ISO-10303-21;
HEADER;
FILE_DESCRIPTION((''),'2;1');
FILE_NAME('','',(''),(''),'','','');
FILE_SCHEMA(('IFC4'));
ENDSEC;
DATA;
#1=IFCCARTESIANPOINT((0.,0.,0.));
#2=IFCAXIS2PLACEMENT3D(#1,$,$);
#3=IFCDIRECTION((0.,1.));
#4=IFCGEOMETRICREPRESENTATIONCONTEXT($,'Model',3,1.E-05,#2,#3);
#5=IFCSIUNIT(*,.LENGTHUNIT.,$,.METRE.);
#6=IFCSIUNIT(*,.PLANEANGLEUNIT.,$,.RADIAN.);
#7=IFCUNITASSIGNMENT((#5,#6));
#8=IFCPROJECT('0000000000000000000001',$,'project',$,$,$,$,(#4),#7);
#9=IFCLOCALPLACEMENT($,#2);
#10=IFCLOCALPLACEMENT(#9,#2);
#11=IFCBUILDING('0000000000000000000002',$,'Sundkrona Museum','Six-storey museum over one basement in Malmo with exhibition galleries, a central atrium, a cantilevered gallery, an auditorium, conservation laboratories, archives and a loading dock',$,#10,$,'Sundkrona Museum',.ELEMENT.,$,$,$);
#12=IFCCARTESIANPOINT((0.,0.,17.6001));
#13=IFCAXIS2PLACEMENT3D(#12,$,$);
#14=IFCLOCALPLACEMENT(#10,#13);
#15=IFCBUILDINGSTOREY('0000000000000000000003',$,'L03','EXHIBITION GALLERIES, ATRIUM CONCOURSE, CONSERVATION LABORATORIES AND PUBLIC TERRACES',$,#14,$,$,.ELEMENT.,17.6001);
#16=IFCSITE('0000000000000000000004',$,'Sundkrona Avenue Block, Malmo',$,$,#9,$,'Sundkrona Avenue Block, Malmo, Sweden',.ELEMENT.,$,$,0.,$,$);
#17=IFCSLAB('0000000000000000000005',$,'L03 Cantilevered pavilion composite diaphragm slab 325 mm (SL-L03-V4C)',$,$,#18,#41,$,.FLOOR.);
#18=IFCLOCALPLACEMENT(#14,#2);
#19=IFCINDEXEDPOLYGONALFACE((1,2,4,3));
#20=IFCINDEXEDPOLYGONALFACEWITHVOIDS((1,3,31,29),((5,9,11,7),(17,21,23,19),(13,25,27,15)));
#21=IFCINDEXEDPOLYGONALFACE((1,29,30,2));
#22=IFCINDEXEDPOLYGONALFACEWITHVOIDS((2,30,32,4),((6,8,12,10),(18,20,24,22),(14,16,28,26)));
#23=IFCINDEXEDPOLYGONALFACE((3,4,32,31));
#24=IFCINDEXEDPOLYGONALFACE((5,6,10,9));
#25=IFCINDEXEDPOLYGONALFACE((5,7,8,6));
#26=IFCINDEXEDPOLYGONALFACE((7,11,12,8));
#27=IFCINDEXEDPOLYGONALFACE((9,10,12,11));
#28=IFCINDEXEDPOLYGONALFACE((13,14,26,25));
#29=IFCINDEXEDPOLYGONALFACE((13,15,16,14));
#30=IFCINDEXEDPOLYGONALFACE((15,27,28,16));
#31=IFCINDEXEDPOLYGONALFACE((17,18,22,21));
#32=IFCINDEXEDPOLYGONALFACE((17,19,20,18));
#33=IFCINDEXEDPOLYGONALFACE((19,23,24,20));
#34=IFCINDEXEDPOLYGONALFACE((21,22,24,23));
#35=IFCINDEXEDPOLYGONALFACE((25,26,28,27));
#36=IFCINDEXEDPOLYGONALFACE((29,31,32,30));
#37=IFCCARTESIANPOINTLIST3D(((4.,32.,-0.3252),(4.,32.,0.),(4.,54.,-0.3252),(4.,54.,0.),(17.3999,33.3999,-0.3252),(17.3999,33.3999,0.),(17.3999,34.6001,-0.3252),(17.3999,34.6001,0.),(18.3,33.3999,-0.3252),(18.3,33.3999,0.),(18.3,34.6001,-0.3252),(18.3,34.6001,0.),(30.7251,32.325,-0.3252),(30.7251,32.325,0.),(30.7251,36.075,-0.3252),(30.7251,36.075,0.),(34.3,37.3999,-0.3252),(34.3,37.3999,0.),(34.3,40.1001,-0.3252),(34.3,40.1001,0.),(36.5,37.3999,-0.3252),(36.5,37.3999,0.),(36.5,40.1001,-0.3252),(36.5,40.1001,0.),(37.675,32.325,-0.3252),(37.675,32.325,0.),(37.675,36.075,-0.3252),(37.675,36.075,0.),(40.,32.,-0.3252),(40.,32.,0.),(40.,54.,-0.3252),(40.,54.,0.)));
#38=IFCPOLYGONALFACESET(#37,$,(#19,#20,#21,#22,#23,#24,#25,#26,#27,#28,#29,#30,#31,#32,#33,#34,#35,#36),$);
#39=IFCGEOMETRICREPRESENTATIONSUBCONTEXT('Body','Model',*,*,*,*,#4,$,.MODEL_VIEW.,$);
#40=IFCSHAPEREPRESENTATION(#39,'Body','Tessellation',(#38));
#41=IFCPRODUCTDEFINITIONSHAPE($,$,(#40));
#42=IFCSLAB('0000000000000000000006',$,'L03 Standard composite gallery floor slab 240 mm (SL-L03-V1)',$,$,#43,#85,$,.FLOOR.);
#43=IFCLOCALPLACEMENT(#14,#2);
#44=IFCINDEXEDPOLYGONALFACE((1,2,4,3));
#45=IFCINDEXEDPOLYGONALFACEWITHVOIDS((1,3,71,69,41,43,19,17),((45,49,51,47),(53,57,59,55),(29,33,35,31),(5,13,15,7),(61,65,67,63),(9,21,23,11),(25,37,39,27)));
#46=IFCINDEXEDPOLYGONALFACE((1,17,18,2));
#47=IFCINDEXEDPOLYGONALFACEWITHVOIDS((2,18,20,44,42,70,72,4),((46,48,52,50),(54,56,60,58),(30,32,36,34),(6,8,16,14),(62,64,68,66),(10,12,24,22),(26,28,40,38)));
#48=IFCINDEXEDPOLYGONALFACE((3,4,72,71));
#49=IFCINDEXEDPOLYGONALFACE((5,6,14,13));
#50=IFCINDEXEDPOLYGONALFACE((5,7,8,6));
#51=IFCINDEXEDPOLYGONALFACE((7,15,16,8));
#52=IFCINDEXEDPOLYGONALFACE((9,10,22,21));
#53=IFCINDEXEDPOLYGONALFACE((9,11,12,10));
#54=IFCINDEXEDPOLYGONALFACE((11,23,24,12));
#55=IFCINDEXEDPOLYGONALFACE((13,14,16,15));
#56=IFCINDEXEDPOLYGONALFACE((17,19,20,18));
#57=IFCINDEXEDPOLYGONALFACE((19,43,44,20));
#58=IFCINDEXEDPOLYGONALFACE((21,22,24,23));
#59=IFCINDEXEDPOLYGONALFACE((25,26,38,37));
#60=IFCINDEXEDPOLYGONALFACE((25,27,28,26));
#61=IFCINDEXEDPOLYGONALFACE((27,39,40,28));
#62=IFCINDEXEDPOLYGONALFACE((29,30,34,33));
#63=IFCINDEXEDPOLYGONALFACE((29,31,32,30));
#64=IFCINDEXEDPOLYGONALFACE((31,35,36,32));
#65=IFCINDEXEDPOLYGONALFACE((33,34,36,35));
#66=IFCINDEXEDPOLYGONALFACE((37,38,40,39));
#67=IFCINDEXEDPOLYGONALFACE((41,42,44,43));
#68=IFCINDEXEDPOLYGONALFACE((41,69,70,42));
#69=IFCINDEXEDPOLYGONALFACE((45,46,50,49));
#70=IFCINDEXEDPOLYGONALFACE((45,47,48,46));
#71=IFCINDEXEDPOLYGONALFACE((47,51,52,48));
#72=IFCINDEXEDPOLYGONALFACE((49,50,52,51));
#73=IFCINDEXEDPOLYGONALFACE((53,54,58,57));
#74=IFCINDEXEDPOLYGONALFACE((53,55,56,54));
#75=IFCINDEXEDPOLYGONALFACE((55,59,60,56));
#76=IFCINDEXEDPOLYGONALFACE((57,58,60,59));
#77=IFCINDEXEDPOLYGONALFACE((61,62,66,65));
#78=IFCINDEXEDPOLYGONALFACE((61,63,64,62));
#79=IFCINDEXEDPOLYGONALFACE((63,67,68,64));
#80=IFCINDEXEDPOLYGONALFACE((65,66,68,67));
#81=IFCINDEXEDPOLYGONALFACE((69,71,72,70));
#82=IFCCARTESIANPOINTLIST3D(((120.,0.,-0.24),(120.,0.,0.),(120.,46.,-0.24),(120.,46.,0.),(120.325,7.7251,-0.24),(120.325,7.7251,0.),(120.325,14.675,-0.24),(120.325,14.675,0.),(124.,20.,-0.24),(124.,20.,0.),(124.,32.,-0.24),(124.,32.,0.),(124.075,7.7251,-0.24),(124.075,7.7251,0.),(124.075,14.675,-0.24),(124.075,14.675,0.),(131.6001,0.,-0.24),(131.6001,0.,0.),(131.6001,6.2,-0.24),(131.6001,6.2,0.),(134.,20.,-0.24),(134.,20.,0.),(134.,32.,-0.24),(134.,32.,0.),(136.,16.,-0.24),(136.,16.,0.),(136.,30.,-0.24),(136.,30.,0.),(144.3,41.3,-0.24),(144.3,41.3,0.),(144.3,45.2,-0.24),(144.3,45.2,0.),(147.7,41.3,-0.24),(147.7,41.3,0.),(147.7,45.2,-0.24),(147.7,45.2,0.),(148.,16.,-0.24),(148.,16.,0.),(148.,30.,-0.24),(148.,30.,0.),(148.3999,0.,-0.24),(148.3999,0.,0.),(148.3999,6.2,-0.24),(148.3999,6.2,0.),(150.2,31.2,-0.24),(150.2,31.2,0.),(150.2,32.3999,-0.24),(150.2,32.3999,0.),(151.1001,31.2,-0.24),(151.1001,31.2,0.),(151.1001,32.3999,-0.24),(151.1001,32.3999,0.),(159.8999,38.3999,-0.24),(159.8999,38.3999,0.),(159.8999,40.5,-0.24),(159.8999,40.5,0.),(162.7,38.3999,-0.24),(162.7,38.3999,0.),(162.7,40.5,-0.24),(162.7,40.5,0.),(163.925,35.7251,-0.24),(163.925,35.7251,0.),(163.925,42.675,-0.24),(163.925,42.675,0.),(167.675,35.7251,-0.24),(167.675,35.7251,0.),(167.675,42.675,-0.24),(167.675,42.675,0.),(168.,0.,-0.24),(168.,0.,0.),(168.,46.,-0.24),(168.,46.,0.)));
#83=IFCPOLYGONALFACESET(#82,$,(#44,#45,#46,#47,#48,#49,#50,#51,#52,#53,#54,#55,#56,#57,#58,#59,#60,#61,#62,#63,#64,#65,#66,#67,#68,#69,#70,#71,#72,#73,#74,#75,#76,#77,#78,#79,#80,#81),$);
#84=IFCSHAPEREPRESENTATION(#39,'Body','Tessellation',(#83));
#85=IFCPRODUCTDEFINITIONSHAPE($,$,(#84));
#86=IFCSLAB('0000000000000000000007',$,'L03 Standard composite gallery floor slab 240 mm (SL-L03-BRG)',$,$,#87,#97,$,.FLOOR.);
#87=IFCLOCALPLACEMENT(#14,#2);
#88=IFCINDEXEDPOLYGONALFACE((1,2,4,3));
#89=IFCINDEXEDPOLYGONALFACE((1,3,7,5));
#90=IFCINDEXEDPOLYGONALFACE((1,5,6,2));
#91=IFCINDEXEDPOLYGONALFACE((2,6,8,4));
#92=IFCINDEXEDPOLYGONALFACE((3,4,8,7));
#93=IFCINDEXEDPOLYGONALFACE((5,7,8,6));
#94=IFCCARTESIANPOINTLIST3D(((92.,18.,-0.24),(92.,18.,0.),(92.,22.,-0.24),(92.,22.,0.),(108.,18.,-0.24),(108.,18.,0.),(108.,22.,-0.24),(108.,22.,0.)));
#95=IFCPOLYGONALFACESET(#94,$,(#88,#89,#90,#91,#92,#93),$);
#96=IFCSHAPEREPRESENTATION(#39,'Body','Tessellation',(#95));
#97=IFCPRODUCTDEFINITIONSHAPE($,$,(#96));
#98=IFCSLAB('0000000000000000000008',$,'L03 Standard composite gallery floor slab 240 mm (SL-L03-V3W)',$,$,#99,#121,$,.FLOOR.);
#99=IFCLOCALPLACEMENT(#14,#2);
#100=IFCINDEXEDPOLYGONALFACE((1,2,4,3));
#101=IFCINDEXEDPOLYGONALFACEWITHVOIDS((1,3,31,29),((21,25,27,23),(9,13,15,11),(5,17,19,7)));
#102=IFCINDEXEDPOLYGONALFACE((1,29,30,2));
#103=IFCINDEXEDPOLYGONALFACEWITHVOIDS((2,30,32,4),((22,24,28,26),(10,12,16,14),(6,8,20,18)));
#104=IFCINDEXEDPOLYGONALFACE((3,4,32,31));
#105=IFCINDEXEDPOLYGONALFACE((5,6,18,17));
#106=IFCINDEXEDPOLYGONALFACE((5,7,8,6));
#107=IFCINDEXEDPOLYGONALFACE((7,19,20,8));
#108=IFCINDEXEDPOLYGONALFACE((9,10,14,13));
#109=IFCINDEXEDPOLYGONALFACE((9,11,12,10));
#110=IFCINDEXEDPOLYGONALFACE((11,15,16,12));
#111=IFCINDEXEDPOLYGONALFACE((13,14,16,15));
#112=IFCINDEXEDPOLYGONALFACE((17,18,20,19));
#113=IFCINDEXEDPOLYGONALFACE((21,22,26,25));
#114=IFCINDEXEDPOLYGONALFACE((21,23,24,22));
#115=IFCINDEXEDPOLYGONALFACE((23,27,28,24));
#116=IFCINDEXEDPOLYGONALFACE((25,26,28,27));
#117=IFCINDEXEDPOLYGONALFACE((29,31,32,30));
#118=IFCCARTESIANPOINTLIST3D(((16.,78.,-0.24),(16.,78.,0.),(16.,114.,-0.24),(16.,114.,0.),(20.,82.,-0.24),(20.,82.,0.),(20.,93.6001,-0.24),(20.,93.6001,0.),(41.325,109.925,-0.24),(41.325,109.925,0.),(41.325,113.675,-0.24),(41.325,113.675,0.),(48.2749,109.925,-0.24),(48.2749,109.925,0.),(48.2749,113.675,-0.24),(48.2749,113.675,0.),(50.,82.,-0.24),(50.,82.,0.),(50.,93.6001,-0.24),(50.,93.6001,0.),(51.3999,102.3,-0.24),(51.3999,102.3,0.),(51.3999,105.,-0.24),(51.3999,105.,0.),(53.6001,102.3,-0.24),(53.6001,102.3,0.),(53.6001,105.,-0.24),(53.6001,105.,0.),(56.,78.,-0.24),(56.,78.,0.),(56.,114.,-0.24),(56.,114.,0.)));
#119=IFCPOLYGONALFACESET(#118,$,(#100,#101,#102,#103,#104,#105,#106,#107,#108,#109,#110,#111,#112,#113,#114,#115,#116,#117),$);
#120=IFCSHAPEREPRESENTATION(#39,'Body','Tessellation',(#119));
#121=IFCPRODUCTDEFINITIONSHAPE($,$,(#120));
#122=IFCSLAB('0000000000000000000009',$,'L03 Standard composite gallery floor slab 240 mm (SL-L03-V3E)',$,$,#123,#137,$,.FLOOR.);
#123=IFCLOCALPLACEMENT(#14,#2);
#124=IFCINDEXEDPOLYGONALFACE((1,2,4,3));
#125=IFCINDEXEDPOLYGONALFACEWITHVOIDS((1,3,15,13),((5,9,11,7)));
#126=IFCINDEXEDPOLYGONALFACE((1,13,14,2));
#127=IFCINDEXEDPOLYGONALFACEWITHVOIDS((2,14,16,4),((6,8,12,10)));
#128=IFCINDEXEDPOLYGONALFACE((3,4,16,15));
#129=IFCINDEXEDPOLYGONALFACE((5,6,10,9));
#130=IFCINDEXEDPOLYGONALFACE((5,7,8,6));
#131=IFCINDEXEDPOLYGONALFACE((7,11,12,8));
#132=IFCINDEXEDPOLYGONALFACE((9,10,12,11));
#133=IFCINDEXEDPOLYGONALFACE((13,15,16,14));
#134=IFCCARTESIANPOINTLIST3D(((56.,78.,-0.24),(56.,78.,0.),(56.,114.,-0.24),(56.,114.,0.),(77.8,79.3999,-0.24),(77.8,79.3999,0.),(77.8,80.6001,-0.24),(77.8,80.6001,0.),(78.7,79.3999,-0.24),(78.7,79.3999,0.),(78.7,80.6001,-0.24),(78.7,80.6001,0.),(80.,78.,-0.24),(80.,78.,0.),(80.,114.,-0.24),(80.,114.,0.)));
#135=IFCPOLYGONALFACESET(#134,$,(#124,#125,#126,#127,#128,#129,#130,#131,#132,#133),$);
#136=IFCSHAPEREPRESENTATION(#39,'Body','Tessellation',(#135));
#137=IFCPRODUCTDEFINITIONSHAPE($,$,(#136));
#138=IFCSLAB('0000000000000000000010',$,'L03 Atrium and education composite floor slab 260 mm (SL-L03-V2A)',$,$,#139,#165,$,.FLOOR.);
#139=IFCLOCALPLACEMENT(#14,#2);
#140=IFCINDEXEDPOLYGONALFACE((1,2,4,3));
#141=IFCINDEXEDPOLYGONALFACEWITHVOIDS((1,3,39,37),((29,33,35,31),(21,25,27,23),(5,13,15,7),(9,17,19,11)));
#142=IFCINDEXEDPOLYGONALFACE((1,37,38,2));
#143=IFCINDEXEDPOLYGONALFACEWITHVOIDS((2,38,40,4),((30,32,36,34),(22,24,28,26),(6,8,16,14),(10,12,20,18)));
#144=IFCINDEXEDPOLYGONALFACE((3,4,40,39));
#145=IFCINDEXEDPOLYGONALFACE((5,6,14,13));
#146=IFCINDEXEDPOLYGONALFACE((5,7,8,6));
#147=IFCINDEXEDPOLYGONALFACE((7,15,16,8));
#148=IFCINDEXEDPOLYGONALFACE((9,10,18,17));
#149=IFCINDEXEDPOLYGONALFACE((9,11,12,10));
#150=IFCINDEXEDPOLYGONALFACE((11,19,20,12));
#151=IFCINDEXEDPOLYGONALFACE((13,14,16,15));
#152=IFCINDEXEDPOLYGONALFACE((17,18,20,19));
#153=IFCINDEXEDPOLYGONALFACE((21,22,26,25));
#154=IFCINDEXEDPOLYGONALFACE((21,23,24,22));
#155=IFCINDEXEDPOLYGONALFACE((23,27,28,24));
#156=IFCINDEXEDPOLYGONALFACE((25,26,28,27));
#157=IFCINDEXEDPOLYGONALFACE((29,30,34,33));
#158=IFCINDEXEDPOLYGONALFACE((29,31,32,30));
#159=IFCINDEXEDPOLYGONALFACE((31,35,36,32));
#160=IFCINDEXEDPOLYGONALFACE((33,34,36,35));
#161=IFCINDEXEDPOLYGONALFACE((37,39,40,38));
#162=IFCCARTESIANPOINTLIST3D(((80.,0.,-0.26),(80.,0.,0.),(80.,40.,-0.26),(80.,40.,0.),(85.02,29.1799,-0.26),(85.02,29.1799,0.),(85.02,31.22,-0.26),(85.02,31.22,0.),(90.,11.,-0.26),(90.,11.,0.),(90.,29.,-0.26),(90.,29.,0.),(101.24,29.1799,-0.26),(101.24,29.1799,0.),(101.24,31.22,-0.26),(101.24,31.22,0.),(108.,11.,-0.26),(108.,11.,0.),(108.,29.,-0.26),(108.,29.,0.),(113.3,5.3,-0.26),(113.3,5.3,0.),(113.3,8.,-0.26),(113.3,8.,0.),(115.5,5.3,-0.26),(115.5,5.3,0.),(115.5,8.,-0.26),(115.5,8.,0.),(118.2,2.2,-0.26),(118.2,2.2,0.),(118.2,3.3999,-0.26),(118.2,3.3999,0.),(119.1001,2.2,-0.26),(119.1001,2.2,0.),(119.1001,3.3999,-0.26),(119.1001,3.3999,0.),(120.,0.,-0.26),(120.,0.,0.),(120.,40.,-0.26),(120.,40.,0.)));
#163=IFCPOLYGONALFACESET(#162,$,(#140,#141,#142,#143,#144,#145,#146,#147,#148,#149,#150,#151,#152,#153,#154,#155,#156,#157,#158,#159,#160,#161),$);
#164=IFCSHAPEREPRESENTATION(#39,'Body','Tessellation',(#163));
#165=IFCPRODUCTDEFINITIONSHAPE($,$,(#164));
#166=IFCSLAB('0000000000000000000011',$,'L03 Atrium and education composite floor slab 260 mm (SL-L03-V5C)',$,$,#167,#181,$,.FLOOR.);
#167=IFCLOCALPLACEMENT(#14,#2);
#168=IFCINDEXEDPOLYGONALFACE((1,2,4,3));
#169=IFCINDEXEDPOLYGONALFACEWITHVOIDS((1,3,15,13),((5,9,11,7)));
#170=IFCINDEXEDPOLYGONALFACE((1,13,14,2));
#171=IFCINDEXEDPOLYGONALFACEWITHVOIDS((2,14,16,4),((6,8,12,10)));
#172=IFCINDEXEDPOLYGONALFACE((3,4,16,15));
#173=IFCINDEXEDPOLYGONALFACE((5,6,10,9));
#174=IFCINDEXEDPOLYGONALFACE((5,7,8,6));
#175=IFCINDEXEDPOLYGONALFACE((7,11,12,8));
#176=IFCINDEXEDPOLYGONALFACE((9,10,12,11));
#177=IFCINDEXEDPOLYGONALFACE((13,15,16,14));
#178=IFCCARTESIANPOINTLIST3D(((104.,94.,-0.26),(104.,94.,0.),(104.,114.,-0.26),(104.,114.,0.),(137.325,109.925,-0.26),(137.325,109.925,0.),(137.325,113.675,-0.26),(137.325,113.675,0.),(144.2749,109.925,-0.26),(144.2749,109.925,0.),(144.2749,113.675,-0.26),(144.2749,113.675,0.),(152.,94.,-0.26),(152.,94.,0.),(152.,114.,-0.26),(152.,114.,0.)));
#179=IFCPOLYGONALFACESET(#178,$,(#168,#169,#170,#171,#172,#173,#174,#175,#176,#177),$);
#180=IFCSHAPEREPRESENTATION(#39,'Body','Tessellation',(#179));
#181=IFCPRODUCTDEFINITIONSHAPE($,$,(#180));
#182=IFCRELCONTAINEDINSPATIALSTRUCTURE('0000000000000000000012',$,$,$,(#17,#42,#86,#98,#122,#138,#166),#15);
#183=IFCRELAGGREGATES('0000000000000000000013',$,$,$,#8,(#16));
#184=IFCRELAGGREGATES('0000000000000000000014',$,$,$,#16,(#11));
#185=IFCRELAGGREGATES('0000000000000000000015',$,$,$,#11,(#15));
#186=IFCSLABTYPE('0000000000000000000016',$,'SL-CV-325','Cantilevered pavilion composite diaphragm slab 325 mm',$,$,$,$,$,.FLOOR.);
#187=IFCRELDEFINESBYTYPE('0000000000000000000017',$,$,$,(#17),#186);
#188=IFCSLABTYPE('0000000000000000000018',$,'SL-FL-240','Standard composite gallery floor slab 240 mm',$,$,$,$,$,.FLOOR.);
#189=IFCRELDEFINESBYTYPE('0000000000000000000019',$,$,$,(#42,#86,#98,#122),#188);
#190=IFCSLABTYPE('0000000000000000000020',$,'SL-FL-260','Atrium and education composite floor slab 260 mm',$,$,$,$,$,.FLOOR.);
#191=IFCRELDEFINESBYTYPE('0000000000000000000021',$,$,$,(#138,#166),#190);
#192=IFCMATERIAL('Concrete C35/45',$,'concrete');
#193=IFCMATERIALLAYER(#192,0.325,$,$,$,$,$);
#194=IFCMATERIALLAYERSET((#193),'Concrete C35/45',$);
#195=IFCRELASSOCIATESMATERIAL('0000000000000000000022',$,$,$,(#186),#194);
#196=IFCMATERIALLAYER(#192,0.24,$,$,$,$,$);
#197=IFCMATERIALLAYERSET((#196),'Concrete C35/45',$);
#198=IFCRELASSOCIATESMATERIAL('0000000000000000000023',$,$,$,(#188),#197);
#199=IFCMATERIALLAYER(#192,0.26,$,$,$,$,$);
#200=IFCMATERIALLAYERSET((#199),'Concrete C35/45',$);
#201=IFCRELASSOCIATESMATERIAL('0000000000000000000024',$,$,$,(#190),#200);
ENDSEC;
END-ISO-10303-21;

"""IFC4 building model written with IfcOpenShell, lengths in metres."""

from ifc_helpers import new_model, si_unit, direction, frame, origin, place, context, subcontext, project, spatial, polyline, outline, extrude, material, layer, layer_set, type_object, element, save


model = new_model("IFC4")

# Units and contexts
model_context = context("Model", 3, precision=1e-05, world=origin(), true_north=direction((0.0, 1.0)))
body_context = subcontext(model_context, "Body", "Model", "MODEL_VIEW")
ifc_project = project(units=[si_unit("LENGTHUNIT", "METRE"), si_unit("PLANEANGLEUNIT", "RADIAN")], contexts=[model_context])

# Site, building, storey
site_placement = place(None, origin())
site = spatial("IfcSite", under=ifc_project, at=site_placement, Name="Sundkrona Avenue Block, Malmo", LongName="Sundkrona Avenue Block, Malmo, Sweden", CompositionType="ELEMENT", RefElevation=0.0)
building_placement = place(site_placement, origin())
building = spatial("IfcBuilding", under=site, at=building_placement, Name="Sundkrona Museum", Description="Six-storey museum over one basement in Malmo with exhibition galleries, a central atrium, a cantilevered gallery, an auditorium, conservation laboratories, archives and a loading dock", LongName="Sundkrona Museum", CompositionType="ELEMENT")
storey_placement = place(building_placement, frame((0.0, 0.0, 17.6001)))
storey = spatial("IfcBuildingStorey", under=building, at=storey_placement, Name="L03", Description="EXHIBITION GALLERIES, ATRIUM CONCOURSE, CONSERVATION LABORATORIES AND PUBLIC TERRACES", CompositionType="ELEMENT", Elevation=17.6001)

# Slabs
ifc_material_1 = material(Name="Concrete C35/45", Category="concrete")
ifc_layer_1 = layer(ifc_material_1, 0.325)
ifc_layer_set_1 = layer_set([ifc_layer_1], Name="Concrete C35/45")
slab_type_1 = type_object("IfcSlabType", Name="SL-CV-325", Description="Cantilevered pavilion composite diaphragm slab 325 mm", PredefinedType="FLOOR", material=ifc_layer_set_1)
slab_1_placement = place(storey_placement, frame((0.0, 0.0, -0.3252)))
element("IfcSlab", 1, at=slab_1_placement, inside=storey, type_object=slab_type_1, Name="L03 Cantilevered pavilion composite diaphragm slab 325 mm (SL-L03-V4C)", PredefinedType="FLOOR", context=body_context, shape_type="SweptSolid", body=[
    extrude(outline(polyline([(4.0, 32.0), (40.0, 32.0), (40.0, 54.0), (4.0, 54.0), (4.0, 32.0)]), holes=[polyline([(37.675, 32.325), (30.7251, 32.325), (30.7251, 36.075), (37.675, 36.075), (37.675, 32.325)]), polyline([(36.5, 37.3999), (34.3, 37.3999), (34.3, 40.1001), (36.5, 40.1001), (36.5, 37.3999)]), polyline([(17.3999, 34.6001), (18.3, 34.6001), (18.3, 33.3999), (17.3999, 33.3999), (17.3999, 34.6001)])]), origin(), (0.0, 0.0, 1.0), 0.3252),
])
ifc_layer_2 = layer(ifc_material_1, 0.24)
ifc_layer_set_2 = layer_set([ifc_layer_2], Name="Concrete C35/45")
slab_type_2 = type_object("IfcSlabType", Name="SL-FL-240", Description="Standard composite gallery floor slab 240 mm", PredefinedType="FLOOR", material=ifc_layer_set_2)
slab_2_placement = place(storey_placement, frame((0.0, 0.0, -0.24)))
element("IfcSlab", 2, at=slab_2_placement, inside=storey, type_object=slab_type_2, Name="L03 Standard composite gallery floor slab 240 mm (SL-L03-V1)", PredefinedType="FLOOR", context=body_context, shape_type="SweptSolid", body=[
    extrude(outline(polyline([(120.0, 0.0), (131.6001, 0.0), (131.6001, 6.2), (148.3999, 6.2), (148.3999, 0.0), (168.0, 0.0), (168.0, 46.0), (120.0, 46.0), (120.0, 0.0)]), holes=[polyline([(163.925, 35.7251), (163.925, 42.675), (167.675, 42.675), (167.675, 35.7251), (163.925, 35.7251)]), polyline([(159.8999, 40.5), (162.7, 40.5), (162.7, 38.3999), (159.8999, 38.3999), (159.8999, 40.5)]), polyline([(150.2, 32.3999), (151.1001, 32.3999), (151.1001, 31.2), (150.2, 31.2), (150.2, 32.3999)]), polyline([(136.0, 30.0), (148.0, 30.0), (148.0, 16.0), (136.0, 16.0), (136.0, 30.0)]), polyline([(144.3, 45.2), (147.7, 45.2), (147.7, 41.3), (144.3, 41.3), (144.3, 45.2)]), polyline([(124.0, 32.0), (134.0, 32.0), (134.0, 20.0), (124.0, 20.0), (124.0, 32.0)]), polyline([(124.075, 14.675), (124.075, 7.7251), (120.325, 7.7251), (120.325, 14.675), (124.075, 14.675)])]), origin(), (0.0, 0.0, 1.0), 0.24),
])
slab_3_placement = place(storey_placement, frame((0.0, 0.0, -0.24)))
element("IfcSlab", 3, at=slab_3_placement, inside=storey, type_object=slab_type_2, Name="L03 Standard composite gallery floor slab 240 mm (SL-L03-BRG)", PredefinedType="FLOOR", context=body_context, shape_type="SweptSolid", body=[
    extrude(outline(polyline([(92.0, 18.0), (108.0, 18.0), (108.0, 22.0), (92.0, 22.0), (92.0, 18.0)])), origin(), (0.0, 0.0, 1.0), 0.24),
])
slab_4_placement = place(storey_placement, frame((0.0, 0.0, -0.24)))
element("IfcSlab", 4, at=slab_4_placement, inside=storey, type_object=slab_type_2, Name="L03 Standard composite gallery floor slab 240 mm (SL-L03-V3W)", PredefinedType="FLOOR", context=body_context, shape_type="SweptSolid", body=[
    extrude(outline(polyline([(16.0, 78.0), (56.0, 78.0), (56.0, 114.0), (16.0, 114.0), (16.0, 78.0)]), holes=[polyline([(53.6001, 102.3), (51.3999, 102.3), (51.3999, 105.0), (53.6001, 105.0), (53.6001, 102.3)]), polyline([(20.0, 93.6001), (50.0, 93.6001), (50.0, 82.0), (20.0, 82.0), (20.0, 93.6001)]), polyline([(41.325, 113.675), (48.2749, 113.675), (48.2749, 109.925), (41.325, 109.925), (41.325, 113.675)])]), origin(), (0.0, 0.0, 1.0), 0.24),
])
slab_5_placement = place(storey_placement, frame((0.0, 0.0, -0.24)))
element("IfcSlab", 5, at=slab_5_placement, inside=storey, type_object=slab_type_2, Name="L03 Standard composite gallery floor slab 240 mm (SL-L03-V3E)", PredefinedType="FLOOR", context=body_context, shape_type="SweptSolid", body=[
    extrude(outline(polyline([(56.0, 78.0), (80.0, 78.0), (80.0, 114.0), (56.0, 114.0), (56.0, 78.0)]), holes=[polyline([(78.7, 79.3999), (77.8, 79.3999), (77.8, 80.6001), (78.7, 80.6001), (78.7, 79.3999)])]), origin(), (0.0, 0.0, 1.0), 0.24),
])
ifc_layer_3 = layer(ifc_material_1, 0.26)
ifc_layer_set_3 = layer_set([ifc_layer_3], Name="Concrete C35/45")
slab_type_3 = type_object("IfcSlabType", Name="SL-FL-260", Description="Atrium and education composite floor slab 260 mm", PredefinedType="FLOOR", material=ifc_layer_set_3)
slab_6_placement = place(storey_placement, frame((0.0, 0.0, -0.26)))
element("IfcSlab", 6, at=slab_6_placement, inside=storey, type_object=slab_type_3, Name="L03 Atrium and education composite floor slab 260 mm (SL-L03-V2A)", PredefinedType="FLOOR", context=body_context, shape_type="SweptSolid", body=[
    extrude(outline(polyline([(80.0, 0.0), (120.0, 0.0), (120.0, 40.0), (80.0, 40.0), (80.0, 0.0)]), holes=[polyline([(119.1001, 2.2), (118.2, 2.2), (118.2, 3.3999), (119.1001, 3.3999), (119.1001, 2.2)]), polyline([(115.5, 5.3), (113.3, 5.3), (113.3, 8.0), (115.5, 8.0), (115.5, 5.3)]), polyline([(108.0, 11.0), (90.0, 11.0), (90.0, 29.0), (108.0, 29.0), (108.0, 11.0)]), polyline([(101.24, 29.1799), (85.02, 29.1799), (85.02, 31.22), (101.24, 31.22), (101.24, 29.1799)])]), origin(), (0.0, 0.0, 1.0), 0.26),
])
slab_7_placement = place(storey_placement, frame((0.0, 0.0, -0.26)))
element("IfcSlab", 7, at=slab_7_placement, inside=storey, type_object=slab_type_3, Name="L03 Atrium and education composite floor slab 260 mm (SL-L03-V5C)", PredefinedType="FLOOR", context=body_context, shape_type="SweptSolid", body=[
    extrude(outline(polyline([(104.0, 94.0), (152.0, 94.0), (152.0, 114.0), (104.0, 114.0), (104.0, 94.0)]), holes=[polyline([(137.325, 113.675), (144.2749, 113.675), (144.2749, 109.925), (137.325, 109.925), (137.325, 113.675)])]), origin(), (0.0, 0.0, 1.0), 0.26),
])

save(model, "model.ifc")
